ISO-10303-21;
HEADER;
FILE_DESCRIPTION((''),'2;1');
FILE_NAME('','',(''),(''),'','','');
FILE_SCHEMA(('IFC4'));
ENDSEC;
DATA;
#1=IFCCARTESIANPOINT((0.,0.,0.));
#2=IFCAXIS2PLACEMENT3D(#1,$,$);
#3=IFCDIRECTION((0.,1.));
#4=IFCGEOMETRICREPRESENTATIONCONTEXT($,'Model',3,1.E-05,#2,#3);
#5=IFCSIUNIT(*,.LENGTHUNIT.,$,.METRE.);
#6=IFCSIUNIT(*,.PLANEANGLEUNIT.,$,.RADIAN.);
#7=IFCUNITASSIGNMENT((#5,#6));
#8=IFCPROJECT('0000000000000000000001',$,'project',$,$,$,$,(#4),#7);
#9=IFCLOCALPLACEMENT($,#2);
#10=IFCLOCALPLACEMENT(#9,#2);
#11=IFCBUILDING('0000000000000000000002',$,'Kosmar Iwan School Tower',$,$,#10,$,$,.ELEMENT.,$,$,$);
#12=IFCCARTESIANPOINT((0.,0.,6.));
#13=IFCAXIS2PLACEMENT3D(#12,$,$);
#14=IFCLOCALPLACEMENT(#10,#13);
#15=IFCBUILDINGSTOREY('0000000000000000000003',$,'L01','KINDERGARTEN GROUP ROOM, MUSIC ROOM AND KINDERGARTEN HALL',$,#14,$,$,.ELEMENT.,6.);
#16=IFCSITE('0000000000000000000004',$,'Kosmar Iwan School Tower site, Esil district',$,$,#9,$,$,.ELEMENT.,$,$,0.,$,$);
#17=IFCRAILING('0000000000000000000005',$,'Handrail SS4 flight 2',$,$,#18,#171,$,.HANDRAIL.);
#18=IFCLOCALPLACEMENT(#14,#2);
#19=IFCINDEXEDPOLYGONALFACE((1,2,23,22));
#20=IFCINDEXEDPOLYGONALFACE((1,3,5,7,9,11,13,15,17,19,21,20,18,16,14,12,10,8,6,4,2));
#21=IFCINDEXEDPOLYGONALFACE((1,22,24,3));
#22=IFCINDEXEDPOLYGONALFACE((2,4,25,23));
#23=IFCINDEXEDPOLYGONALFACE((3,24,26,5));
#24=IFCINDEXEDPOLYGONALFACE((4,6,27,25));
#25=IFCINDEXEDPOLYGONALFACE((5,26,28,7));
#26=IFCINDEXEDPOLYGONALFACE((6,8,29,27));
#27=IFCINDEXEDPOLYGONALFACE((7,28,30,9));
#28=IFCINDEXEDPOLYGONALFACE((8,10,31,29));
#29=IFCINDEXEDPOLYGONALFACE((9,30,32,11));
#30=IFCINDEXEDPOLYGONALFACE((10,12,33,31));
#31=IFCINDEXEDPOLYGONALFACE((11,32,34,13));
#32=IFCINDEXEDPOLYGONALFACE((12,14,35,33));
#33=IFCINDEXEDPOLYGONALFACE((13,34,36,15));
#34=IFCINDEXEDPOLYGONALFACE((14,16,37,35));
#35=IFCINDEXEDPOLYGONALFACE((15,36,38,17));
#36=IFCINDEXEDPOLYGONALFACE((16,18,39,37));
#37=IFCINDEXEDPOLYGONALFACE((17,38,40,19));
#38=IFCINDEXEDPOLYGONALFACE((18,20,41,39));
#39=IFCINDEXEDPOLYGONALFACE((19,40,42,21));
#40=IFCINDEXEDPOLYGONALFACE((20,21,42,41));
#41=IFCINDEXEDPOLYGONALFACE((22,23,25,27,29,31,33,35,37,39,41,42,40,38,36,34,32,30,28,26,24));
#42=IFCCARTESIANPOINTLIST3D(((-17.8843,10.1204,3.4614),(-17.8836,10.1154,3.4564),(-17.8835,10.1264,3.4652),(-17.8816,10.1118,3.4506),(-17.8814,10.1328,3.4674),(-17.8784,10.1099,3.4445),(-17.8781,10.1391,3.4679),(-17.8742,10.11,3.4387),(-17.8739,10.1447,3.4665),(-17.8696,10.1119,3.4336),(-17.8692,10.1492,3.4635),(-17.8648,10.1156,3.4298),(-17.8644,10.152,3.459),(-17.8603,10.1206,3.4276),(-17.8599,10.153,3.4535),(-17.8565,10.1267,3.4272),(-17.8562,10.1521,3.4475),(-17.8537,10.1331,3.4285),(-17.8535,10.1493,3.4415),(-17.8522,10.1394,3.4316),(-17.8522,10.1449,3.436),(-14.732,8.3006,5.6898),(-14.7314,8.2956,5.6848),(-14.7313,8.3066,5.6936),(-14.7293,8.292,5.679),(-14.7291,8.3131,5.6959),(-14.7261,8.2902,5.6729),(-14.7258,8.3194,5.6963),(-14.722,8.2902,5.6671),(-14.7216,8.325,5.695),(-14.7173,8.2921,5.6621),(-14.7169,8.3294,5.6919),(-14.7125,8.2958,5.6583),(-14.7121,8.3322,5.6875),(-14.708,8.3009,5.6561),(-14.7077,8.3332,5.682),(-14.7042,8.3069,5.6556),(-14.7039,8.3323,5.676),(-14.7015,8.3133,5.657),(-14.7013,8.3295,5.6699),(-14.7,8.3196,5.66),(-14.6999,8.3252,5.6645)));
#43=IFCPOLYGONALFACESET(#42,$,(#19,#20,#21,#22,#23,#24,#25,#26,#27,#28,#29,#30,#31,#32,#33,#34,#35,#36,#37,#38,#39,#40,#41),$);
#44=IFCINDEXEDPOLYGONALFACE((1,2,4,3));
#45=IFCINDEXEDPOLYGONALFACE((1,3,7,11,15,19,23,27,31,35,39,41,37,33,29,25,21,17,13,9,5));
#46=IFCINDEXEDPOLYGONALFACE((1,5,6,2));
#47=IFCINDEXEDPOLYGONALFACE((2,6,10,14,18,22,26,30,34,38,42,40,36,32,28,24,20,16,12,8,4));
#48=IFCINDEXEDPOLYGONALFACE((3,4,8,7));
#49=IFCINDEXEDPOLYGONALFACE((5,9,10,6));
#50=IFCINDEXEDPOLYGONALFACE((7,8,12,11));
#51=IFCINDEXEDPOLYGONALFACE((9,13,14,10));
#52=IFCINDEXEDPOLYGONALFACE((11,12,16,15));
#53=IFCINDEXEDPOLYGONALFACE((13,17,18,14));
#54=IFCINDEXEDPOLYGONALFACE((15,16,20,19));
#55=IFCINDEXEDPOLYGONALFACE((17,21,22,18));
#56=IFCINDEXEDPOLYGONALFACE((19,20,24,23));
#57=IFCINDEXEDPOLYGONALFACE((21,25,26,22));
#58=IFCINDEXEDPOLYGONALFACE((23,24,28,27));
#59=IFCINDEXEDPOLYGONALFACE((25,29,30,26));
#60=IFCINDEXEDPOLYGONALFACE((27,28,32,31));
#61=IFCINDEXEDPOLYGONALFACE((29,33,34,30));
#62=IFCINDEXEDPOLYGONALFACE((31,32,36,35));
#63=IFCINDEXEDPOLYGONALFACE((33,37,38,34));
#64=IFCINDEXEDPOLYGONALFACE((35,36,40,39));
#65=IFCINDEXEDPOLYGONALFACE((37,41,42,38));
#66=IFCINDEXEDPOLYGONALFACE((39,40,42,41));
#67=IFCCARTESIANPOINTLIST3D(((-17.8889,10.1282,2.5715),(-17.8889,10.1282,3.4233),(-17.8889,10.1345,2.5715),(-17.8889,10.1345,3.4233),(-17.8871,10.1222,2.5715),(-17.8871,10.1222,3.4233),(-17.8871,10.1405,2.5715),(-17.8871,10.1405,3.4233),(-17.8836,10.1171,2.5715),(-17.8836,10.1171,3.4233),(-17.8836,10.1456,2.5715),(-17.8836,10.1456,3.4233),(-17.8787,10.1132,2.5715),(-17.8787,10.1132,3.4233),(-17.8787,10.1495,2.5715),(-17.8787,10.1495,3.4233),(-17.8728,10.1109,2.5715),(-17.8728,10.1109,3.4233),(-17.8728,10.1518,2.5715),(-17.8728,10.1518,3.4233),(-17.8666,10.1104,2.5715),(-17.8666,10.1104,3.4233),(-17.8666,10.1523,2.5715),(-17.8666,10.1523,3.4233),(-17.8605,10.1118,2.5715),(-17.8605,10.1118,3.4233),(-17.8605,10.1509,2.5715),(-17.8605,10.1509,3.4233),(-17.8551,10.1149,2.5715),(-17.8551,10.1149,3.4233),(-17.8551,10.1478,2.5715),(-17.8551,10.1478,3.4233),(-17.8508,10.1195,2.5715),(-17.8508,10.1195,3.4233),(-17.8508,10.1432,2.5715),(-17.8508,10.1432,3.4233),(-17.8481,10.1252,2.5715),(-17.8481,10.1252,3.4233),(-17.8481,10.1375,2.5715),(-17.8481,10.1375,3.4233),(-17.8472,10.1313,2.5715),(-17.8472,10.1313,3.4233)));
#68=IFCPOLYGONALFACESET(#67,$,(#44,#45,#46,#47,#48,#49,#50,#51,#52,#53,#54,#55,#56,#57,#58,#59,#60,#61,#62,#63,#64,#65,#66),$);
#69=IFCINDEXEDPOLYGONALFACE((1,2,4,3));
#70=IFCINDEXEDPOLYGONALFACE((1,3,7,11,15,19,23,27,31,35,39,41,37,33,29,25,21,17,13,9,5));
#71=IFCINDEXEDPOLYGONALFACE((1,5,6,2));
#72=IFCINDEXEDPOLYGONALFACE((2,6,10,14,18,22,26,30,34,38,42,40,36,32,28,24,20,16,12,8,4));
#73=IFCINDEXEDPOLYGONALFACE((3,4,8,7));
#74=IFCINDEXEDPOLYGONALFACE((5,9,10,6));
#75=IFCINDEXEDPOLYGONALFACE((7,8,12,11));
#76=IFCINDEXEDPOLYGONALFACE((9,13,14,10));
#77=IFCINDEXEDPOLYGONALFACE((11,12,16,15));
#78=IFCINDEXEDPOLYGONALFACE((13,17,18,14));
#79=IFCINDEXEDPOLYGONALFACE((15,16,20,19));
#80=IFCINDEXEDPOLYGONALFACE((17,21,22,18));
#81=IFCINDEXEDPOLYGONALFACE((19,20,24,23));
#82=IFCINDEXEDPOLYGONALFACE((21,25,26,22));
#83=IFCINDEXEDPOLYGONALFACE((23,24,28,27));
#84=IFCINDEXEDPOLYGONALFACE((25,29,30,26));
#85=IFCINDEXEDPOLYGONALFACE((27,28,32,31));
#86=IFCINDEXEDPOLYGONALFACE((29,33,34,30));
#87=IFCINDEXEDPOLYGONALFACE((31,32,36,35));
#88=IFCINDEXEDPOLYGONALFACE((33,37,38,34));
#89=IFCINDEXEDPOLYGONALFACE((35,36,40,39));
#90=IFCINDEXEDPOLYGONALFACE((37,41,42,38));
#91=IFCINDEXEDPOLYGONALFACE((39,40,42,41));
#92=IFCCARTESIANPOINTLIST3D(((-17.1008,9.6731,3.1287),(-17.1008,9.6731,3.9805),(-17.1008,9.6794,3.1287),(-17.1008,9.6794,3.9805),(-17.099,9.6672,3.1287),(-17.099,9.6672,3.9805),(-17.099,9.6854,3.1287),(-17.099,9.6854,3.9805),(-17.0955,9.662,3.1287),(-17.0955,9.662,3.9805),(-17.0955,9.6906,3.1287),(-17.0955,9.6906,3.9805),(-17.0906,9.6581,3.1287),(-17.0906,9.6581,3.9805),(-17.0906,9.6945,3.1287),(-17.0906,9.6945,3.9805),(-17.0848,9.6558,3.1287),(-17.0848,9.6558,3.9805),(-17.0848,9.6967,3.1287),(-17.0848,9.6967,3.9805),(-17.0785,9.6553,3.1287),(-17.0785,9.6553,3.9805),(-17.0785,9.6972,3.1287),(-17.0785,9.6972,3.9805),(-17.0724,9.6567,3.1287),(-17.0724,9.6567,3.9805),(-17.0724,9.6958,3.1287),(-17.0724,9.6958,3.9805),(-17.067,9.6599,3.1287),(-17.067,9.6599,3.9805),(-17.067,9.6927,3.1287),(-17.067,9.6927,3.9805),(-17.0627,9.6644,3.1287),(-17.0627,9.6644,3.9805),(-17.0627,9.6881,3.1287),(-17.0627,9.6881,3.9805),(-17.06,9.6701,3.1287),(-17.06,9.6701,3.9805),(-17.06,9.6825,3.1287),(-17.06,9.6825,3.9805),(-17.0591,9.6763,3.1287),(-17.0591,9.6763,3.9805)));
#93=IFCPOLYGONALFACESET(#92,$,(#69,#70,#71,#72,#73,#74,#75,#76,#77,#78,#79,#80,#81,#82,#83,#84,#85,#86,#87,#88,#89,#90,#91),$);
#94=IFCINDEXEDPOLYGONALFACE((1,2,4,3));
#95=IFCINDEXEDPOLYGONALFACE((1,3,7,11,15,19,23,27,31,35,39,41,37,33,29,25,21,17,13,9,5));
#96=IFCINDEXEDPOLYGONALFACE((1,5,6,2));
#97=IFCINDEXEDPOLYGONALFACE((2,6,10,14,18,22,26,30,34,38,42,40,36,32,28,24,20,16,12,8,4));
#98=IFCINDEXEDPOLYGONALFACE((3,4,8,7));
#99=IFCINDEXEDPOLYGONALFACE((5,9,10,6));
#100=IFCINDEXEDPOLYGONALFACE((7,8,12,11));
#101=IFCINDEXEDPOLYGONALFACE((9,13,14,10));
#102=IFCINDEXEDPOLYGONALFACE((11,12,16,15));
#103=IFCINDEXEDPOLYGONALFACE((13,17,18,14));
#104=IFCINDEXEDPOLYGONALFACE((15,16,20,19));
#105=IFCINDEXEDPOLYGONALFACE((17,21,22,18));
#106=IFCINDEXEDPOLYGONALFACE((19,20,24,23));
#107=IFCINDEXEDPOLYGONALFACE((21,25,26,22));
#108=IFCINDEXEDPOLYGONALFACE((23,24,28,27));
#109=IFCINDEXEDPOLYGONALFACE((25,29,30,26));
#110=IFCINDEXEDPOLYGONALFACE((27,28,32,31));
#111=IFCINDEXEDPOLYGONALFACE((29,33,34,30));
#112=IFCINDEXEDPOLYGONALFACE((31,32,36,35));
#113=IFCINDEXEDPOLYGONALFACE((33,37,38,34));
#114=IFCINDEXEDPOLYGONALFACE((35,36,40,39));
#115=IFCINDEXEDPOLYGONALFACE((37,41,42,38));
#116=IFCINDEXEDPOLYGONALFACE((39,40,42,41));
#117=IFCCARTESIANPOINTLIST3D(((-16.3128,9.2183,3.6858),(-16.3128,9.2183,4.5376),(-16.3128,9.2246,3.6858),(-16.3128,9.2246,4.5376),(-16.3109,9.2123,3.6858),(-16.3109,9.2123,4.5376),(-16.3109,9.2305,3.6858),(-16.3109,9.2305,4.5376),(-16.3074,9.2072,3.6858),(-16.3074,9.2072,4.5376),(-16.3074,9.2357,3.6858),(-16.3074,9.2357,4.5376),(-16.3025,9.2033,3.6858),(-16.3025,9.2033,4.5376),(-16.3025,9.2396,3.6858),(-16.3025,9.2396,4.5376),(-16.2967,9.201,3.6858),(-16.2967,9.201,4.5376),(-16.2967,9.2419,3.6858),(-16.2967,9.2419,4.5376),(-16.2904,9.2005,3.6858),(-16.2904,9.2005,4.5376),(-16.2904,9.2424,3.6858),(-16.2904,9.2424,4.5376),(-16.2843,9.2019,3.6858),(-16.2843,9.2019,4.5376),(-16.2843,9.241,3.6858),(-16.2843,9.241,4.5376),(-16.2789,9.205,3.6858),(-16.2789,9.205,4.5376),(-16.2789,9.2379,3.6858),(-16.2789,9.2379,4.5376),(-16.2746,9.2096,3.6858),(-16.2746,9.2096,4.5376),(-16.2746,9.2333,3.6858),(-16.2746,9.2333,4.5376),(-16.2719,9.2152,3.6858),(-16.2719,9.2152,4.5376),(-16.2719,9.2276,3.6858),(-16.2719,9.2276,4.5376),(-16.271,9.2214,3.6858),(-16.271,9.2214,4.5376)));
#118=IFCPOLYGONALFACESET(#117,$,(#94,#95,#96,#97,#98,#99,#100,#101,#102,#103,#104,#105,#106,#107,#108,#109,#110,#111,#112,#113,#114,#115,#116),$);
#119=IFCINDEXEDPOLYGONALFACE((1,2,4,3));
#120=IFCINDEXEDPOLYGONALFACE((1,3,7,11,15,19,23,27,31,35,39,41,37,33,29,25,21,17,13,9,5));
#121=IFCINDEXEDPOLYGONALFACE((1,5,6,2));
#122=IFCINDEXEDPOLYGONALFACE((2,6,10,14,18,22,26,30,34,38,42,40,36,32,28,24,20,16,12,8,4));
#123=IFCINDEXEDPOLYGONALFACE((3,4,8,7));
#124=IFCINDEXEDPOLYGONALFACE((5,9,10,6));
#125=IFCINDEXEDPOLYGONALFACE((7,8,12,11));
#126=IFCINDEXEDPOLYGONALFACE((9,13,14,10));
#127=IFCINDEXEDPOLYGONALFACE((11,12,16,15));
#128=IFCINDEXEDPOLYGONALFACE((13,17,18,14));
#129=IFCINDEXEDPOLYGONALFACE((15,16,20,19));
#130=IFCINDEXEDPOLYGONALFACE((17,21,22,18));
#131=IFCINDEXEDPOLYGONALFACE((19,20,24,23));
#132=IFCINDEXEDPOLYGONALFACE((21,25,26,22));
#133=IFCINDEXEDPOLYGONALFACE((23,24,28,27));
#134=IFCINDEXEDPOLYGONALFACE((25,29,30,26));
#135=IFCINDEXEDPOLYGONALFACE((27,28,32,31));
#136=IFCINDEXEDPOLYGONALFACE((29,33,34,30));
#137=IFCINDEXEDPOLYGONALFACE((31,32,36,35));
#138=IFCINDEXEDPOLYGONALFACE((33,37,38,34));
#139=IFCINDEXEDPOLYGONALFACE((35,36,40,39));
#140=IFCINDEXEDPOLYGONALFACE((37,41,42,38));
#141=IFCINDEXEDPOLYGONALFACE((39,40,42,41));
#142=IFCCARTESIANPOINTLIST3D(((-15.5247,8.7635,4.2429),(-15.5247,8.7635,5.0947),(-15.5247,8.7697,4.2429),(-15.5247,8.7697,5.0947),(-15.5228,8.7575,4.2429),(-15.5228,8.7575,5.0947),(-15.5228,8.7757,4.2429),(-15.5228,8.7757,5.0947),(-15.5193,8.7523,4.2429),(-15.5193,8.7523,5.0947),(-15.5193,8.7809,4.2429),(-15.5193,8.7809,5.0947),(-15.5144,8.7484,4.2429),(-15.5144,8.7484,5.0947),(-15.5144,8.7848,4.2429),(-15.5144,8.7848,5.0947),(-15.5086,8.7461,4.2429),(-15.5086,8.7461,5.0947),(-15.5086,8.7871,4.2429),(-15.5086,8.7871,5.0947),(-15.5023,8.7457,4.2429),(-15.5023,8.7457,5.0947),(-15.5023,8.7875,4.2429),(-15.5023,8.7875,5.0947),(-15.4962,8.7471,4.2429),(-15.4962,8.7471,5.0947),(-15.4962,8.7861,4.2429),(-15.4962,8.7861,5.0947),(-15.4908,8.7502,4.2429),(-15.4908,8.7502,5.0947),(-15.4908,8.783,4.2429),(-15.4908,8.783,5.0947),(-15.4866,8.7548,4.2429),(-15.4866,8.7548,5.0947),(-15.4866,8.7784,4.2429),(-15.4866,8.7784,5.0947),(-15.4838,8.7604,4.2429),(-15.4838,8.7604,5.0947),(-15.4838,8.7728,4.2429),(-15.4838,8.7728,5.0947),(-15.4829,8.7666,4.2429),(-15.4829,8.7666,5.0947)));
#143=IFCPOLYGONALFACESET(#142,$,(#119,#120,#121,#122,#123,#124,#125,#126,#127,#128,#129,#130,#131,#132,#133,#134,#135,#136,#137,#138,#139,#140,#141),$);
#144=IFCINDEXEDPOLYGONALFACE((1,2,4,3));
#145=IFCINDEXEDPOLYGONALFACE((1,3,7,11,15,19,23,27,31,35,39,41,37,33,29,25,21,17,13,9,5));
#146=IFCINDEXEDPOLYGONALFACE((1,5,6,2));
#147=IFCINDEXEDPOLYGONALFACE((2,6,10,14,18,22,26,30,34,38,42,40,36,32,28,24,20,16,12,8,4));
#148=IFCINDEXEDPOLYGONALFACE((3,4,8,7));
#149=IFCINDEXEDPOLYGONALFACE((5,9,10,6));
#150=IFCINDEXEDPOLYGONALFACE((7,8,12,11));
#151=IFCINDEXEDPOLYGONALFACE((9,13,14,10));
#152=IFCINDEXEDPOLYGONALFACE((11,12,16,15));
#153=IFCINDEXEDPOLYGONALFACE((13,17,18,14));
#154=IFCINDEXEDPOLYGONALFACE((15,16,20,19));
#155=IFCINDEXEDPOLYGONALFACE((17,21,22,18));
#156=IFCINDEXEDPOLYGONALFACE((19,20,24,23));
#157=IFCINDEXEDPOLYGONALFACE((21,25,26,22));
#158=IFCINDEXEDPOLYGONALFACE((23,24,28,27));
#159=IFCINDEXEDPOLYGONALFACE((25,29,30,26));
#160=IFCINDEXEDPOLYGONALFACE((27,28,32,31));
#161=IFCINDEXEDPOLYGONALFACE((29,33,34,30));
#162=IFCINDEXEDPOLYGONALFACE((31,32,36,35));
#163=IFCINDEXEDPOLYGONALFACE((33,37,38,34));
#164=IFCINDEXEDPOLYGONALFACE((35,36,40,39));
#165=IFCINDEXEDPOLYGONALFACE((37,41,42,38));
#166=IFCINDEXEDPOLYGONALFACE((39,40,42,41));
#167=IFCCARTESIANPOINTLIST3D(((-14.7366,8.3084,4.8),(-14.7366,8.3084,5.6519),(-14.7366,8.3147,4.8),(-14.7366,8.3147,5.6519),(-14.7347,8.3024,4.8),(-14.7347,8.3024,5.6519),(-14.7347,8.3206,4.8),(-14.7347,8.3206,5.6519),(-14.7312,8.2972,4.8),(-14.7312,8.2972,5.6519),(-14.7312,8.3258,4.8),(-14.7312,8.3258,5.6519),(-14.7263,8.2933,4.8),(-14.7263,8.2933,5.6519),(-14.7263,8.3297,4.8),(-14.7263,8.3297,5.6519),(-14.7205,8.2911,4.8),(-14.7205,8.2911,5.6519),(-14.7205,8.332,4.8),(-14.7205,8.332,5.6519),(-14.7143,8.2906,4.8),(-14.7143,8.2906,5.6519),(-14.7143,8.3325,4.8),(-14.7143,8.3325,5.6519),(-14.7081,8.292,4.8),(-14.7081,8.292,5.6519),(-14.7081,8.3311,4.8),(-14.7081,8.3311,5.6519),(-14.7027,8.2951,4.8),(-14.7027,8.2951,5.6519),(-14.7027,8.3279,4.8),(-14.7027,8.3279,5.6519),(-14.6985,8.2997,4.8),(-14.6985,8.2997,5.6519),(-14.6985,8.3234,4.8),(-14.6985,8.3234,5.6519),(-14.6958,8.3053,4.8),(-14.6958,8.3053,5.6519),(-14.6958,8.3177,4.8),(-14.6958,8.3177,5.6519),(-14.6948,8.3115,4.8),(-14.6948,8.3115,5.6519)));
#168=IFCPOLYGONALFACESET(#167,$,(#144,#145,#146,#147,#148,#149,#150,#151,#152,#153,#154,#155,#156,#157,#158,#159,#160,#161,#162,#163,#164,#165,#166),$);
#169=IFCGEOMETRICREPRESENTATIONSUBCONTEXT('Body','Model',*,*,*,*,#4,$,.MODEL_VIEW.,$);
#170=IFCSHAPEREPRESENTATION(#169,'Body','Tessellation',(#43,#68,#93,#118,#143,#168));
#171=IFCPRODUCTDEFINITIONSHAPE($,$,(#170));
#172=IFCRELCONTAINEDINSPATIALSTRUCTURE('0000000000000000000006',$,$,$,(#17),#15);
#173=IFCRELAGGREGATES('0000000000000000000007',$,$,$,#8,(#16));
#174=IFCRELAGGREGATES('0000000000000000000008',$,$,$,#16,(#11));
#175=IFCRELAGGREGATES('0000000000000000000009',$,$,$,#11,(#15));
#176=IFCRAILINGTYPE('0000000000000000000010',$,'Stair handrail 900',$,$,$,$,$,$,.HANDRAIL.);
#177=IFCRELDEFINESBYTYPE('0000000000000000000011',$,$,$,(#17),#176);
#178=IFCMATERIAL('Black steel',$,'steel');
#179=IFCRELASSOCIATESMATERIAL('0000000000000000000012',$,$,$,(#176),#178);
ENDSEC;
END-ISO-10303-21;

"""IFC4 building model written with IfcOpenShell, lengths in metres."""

from ifc_helpers import new_model, si_unit, direction, frame, origin, origin_2d, place, context, subcontext, project, spatial, circle, extrude, material, type_object, element, save


model = new_model("IFC4")

# Units and contexts
model_context = context("Model", 3, precision=1e-05, world=origin(), true_north=direction((0.0, 1.0)))
body_context = subcontext(model_context, "Body", "Model", "MODEL_VIEW")
ifc_project = project(units=[si_unit("LENGTHUNIT", "METRE"), si_unit("PLANEANGLEUNIT", "RADIAN")], contexts=[model_context])

# Site, building, storey
site_placement = place(None, origin())
site = spatial("IfcSite", under=ifc_project, at=site_placement, Name="Kosmar Iwan School Tower site, Esil district", CompositionType="ELEMENT", RefElevation=0.0)
building_placement = place(site_placement, origin())
building = spatial("IfcBuilding", under=site, at=building_placement, Name="Kosmar Iwan School Tower", CompositionType="ELEMENT")
storey_placement = place(building_placement, frame((0.0, 0.0, 6.0)))
storey = spatial("IfcBuildingStorey", under=building, at=storey_placement, Name="L01", Description="KINDERGARTEN GROUP ROOM, MUSIC ROOM AND KINDERGARTEN HALL", CompositionType="ELEMENT", Elevation=6.0)

# Railing
ifc_material_1 = material(Name="Black steel", Category="steel")
railing_type = type_object("IfcRailingType", Name="Stair handrail 900", PredefinedType="HANDRAIL", material=ifc_material_1)
railing_1_placement = place(storey_placement, frame((-17.8682, 10.1313, 2.5715)))
element("IfcRailing", 1, at=railing_1_placement, inside=storey, type_object=railing_type, Name="Handrail SS4 flight 2", PredefinedType="HANDRAIL", context=body_context, shape_type="SweptSolid", body=[
    extrude(circle(Radius=0.0239, at=origin_2d()), frame((0.0, 0.0, 0.876), z_axis=(0.73861, -0.426394, 0.522153), x_axis=(0.499962, 0.866047, 0.0)), (0.0, 0.0, 1.0), 4.2678),
    extrude(circle(Radius=0.021, at=origin_2d()), origin(), (0.0, 0.0, 1.0), 0.8518),
    extrude(circle(Radius=0.021, at=origin_2d()), frame((0.7881, -0.4551, 0.5571)), (0.0, 0.0, 1.0), 0.8518),
    extrude(circle(Radius=0.021, at=origin_2d()), frame((1.5762, -0.9099, 1.1143)), (0.0, 0.0, 1.0), 0.8518),
    extrude(circle(Radius=0.021, at=origin_2d()), frame((2.3643, -1.3647, 1.6714)), (0.0, 0.0, 1.0), 0.8518),
    extrude(circle(Radius=0.021, at=origin_2d()), frame((3.1523, -1.8198, 2.2285)), (0.0, 0.0, 1.0), 0.8518),
])

save(model, "model.ifc")
